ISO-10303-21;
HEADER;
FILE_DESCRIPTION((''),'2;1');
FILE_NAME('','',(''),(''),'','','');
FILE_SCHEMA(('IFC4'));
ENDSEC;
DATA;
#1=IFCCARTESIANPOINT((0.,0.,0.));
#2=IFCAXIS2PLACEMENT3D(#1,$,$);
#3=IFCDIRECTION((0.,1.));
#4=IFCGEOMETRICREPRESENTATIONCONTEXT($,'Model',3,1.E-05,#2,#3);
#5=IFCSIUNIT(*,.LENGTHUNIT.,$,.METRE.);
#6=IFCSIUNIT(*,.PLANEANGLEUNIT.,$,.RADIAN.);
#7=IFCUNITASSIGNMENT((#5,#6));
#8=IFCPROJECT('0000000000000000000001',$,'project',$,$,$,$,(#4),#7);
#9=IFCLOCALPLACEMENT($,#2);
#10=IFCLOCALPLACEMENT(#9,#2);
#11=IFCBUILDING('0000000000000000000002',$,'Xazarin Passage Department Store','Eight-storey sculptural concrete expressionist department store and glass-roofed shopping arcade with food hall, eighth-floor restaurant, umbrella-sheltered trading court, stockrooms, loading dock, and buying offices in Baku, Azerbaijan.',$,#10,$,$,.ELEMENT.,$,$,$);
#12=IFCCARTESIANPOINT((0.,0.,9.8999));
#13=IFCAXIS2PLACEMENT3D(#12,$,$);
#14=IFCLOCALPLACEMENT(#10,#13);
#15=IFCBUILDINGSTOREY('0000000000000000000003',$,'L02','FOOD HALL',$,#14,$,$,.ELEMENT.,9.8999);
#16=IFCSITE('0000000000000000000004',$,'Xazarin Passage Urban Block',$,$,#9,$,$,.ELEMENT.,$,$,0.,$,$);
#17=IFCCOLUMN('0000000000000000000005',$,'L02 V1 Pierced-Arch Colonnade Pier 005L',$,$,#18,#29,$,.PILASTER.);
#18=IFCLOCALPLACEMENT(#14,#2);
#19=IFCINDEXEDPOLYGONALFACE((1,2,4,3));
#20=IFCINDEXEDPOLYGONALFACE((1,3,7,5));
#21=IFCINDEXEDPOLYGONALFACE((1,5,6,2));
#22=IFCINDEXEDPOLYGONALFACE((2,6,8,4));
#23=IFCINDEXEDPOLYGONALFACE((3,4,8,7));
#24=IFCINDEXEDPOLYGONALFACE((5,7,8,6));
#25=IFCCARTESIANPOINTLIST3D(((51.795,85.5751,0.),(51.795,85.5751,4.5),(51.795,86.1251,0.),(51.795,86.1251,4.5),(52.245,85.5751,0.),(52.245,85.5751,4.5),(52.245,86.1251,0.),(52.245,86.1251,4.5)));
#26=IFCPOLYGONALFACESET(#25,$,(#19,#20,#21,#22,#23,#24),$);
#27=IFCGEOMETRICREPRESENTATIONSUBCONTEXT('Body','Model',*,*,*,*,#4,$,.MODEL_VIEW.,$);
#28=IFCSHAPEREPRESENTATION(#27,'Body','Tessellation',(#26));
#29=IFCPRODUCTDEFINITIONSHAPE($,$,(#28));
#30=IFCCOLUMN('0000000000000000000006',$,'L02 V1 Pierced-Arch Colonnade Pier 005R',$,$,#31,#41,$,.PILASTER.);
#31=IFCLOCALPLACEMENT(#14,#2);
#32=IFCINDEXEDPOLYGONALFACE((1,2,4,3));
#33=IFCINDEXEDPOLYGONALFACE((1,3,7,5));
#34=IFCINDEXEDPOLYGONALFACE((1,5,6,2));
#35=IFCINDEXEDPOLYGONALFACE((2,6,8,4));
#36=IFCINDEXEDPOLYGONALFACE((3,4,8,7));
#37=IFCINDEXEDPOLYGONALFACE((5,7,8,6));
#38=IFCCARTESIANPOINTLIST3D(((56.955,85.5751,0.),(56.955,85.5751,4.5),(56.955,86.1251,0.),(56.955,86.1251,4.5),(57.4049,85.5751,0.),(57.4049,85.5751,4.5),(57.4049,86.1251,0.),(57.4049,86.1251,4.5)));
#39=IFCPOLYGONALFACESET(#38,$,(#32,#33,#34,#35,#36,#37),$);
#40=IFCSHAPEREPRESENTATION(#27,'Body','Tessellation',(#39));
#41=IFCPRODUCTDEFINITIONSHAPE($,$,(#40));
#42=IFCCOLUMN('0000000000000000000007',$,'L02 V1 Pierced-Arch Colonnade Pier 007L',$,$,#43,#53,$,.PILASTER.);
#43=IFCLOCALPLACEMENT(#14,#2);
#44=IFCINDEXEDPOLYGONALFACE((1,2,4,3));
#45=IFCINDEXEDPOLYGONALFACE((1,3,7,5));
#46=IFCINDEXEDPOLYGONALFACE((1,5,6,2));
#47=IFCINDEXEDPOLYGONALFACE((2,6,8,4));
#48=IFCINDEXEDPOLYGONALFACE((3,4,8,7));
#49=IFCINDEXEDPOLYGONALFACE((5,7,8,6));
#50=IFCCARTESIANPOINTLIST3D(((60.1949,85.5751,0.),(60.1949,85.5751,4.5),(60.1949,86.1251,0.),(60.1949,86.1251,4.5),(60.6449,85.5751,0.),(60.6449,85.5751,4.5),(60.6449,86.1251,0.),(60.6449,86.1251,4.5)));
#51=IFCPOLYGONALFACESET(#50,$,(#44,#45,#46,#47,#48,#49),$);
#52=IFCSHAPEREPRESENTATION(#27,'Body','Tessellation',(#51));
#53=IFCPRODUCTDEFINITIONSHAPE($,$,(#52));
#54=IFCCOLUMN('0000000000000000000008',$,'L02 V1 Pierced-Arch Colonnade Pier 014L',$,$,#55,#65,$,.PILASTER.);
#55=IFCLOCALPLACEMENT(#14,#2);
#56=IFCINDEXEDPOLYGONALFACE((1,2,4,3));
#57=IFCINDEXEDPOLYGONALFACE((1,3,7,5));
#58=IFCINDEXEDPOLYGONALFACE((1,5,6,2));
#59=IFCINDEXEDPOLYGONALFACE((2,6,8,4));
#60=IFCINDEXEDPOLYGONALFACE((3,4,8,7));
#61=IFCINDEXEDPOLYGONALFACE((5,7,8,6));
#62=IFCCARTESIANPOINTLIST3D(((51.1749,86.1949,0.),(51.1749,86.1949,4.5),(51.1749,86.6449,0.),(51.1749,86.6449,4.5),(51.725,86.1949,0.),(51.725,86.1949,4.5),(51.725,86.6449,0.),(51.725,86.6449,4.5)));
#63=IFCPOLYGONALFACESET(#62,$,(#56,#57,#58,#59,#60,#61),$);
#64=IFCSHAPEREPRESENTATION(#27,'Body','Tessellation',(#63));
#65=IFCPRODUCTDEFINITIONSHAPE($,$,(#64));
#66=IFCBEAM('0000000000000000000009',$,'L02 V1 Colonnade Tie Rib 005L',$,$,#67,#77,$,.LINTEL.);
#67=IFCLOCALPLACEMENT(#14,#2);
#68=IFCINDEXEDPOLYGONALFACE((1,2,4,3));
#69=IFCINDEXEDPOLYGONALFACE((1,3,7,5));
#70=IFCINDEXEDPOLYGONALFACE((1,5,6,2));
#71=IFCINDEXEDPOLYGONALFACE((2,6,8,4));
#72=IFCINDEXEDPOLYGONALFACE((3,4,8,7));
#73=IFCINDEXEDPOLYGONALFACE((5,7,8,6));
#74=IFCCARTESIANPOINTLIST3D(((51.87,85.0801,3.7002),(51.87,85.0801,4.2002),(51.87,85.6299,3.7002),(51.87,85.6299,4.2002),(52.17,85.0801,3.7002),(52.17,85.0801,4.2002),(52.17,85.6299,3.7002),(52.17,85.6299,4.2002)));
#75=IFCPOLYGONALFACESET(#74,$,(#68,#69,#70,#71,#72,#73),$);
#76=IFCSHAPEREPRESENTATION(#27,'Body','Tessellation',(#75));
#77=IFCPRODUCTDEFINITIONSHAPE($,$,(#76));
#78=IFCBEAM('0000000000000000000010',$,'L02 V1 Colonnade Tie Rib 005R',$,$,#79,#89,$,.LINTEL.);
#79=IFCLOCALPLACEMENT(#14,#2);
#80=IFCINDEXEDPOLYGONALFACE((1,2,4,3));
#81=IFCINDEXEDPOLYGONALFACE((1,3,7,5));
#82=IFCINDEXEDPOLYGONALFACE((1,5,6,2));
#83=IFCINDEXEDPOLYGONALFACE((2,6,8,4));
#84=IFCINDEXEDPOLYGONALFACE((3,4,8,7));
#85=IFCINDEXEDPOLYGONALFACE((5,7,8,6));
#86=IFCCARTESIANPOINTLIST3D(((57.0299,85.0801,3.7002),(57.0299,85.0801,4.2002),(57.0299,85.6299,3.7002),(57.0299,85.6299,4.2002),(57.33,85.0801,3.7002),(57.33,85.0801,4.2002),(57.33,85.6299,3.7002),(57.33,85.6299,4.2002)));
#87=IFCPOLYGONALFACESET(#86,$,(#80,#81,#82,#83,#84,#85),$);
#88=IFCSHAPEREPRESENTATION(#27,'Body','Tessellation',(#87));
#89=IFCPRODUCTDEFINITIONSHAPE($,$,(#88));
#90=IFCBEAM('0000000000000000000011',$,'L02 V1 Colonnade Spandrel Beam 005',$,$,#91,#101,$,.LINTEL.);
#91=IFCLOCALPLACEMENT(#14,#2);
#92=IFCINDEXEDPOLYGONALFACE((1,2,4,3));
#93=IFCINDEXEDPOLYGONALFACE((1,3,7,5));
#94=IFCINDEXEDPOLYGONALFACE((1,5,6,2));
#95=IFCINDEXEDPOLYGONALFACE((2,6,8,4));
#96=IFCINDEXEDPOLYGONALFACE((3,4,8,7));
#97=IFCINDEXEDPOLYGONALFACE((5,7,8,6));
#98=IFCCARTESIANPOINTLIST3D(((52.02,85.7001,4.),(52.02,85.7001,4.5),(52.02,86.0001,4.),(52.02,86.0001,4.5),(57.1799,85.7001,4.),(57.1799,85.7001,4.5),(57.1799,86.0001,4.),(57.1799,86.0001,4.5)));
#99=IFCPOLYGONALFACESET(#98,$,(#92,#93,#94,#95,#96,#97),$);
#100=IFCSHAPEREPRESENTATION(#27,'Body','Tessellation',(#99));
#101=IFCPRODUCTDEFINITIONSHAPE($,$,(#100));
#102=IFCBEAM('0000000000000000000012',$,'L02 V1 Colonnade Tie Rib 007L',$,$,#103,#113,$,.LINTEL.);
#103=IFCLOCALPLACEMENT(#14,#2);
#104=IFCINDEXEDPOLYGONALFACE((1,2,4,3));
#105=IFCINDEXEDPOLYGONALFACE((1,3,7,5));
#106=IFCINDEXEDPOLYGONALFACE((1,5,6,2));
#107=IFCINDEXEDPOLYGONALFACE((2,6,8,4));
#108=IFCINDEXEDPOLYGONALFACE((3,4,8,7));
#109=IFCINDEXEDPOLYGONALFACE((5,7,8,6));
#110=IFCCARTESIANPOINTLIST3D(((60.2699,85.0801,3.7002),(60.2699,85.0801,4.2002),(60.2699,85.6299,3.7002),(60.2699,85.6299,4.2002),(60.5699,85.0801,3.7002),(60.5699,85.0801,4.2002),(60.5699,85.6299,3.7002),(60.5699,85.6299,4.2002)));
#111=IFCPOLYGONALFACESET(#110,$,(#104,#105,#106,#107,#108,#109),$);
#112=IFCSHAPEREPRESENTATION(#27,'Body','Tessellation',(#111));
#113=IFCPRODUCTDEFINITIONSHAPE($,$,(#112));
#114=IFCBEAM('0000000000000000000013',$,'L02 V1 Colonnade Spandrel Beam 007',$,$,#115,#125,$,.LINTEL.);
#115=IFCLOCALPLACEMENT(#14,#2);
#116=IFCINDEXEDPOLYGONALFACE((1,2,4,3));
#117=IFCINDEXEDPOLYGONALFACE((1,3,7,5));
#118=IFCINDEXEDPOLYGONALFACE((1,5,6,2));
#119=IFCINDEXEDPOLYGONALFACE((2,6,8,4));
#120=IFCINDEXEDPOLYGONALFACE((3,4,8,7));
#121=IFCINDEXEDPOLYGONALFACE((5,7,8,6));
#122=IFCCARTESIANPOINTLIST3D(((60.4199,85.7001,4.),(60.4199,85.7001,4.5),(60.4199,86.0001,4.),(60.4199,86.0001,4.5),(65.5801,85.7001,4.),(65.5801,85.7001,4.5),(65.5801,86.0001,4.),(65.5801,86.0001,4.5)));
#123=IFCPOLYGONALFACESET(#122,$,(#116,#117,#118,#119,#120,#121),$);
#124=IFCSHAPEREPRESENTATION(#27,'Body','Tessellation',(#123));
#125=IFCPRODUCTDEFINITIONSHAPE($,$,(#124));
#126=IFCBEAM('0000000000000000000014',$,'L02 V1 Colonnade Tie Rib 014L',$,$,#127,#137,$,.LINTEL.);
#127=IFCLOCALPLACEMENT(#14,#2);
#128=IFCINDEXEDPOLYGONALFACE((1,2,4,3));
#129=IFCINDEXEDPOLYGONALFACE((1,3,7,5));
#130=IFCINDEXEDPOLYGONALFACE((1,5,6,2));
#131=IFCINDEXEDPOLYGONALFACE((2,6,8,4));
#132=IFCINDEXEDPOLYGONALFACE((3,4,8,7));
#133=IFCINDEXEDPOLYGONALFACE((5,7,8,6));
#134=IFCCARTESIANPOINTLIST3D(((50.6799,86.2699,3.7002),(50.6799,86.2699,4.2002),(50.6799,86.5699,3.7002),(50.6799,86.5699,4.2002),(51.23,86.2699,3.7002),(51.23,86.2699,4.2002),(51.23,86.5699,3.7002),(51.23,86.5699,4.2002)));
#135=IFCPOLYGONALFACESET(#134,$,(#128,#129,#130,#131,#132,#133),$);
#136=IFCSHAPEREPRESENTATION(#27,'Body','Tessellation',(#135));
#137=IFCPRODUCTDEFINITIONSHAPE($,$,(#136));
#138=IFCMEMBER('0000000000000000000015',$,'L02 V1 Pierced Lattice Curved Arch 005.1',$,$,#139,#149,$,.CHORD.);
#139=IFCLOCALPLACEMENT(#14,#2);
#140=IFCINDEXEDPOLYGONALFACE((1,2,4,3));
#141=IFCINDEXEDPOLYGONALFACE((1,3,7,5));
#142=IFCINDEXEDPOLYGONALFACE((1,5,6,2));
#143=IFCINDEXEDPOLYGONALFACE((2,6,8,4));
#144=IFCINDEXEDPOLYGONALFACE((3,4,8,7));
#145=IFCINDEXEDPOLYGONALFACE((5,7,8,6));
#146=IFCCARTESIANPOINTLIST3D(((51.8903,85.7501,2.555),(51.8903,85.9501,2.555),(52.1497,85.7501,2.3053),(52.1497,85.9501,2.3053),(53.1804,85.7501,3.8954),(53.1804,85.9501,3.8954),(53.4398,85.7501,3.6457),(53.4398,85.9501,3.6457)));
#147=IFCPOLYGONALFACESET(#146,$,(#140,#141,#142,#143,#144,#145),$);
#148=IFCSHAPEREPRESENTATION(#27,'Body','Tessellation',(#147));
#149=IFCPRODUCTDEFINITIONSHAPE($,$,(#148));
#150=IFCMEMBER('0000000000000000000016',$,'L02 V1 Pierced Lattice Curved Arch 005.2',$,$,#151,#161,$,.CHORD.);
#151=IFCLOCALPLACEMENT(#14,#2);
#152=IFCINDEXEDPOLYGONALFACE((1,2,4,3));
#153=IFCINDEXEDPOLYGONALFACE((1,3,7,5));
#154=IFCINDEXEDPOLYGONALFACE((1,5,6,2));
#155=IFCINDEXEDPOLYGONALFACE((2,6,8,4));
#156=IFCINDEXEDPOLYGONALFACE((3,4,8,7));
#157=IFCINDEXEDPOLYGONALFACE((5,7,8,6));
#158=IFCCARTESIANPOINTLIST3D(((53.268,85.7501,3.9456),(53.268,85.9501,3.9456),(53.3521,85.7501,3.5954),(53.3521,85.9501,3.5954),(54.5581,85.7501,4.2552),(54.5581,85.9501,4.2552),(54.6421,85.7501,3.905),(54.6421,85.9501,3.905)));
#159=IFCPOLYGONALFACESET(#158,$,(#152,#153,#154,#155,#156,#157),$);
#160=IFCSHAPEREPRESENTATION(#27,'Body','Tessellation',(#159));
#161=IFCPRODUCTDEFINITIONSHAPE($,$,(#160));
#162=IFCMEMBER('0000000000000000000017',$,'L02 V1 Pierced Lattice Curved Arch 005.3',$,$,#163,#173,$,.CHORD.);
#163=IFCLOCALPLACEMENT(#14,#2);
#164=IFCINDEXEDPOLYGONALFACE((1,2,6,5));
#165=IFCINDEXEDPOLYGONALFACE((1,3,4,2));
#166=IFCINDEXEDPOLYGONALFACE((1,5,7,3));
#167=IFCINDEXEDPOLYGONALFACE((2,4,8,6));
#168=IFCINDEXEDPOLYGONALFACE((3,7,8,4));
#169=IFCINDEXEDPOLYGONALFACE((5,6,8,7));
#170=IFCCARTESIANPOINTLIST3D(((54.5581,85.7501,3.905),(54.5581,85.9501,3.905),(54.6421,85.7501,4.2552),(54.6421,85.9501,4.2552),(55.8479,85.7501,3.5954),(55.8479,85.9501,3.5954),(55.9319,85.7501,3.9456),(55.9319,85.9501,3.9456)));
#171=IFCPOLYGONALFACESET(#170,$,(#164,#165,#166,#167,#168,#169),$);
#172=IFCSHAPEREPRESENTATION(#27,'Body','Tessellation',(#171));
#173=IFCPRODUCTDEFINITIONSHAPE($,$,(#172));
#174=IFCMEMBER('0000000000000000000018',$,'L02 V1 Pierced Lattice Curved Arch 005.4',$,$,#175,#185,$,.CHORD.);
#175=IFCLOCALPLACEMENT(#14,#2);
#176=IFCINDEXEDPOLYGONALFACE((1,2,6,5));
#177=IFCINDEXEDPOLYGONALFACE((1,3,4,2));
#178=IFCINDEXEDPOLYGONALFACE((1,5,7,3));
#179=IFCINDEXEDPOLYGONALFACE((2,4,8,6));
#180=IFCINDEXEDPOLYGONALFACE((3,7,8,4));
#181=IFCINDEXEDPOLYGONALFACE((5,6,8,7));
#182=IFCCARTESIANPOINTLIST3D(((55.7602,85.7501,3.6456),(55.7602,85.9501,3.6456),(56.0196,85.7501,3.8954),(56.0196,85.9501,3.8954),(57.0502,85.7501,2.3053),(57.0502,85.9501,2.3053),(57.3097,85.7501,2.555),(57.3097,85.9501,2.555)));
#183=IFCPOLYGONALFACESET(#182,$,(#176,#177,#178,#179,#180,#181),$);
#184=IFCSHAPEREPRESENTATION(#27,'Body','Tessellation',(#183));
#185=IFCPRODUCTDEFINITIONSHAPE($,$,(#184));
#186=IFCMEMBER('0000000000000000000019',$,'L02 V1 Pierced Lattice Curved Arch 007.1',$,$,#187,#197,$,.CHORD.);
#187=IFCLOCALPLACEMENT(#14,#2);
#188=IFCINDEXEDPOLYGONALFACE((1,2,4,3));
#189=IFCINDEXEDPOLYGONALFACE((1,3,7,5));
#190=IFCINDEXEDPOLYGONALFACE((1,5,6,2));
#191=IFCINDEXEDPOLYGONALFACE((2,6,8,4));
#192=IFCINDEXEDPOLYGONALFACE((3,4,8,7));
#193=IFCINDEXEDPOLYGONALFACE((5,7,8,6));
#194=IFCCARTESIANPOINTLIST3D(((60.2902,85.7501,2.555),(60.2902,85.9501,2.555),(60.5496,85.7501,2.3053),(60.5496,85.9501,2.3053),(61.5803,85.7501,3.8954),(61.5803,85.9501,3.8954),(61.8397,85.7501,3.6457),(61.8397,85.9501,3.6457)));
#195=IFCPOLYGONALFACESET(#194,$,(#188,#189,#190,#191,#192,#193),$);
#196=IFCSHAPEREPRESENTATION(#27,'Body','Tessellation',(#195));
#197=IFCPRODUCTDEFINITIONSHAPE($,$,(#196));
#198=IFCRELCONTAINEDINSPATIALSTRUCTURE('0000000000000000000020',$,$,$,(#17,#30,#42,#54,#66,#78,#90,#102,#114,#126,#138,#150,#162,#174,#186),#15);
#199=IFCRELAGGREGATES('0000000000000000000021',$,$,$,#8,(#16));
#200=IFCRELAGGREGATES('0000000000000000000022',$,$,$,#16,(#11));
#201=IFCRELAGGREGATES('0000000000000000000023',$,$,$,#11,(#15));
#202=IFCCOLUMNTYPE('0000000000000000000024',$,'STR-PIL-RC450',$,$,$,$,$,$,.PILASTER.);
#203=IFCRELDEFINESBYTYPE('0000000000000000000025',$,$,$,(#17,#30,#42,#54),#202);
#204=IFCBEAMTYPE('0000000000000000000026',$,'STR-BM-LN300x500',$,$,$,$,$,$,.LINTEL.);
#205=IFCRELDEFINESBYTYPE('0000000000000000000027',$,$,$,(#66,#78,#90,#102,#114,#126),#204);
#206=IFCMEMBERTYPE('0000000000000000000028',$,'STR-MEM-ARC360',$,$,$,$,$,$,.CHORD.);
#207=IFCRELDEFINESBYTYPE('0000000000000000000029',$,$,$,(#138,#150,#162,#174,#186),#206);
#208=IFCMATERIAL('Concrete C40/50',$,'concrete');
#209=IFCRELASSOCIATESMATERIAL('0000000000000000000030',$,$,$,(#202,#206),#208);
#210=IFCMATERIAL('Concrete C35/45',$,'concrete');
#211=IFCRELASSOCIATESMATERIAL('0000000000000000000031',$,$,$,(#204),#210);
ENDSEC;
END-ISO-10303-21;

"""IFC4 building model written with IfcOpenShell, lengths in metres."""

from ifc_helpers import new_model, si_unit, direction, frame, origin, origin_2d, place, context, subcontext, project, spatial, rectangle, extrude, material, material_profile, profile_set, type_object, element, save


model = new_model("IFC4")

# Units and contexts
model_context = context("Model", 3, precision=1e-05, world=origin(), true_north=direction((0.0, 1.0)))
body_context = subcontext(model_context, "Body", "Model", "MODEL_VIEW")
ifc_project = project(units=[si_unit("LENGTHUNIT", "METRE"), si_unit("PLANEANGLEUNIT", "RADIAN")], contexts=[model_context])

# Site, building, storey
site_placement = place(None, origin())
site = spatial("IfcSite", under=ifc_project, at=site_placement, Name="Xazarin Passage Urban Block", CompositionType="ELEMENT", RefElevation=0.0)
building_placement = place(site_placement, origin())
building = spatial("IfcBuilding", under=site, at=building_placement, Name="Xazarin Passage Department Store", Description="Eight-storey sculptural concrete expressionist department store and glass-roofed shopping arcade with food hall, eighth-floor restaurant, umbrella-sheltered trading court, stockrooms, loading dock, and buying offices in Baku, Azerbaijan.", CompositionType="ELEMENT")
storey_placement = place(building_placement, frame((0.0, 0.0, 9.8999)))
storey = spatial("IfcBuildingStorey", under=building, at=storey_placement, Name="L02", Description="FOOD HALL", CompositionType="ELEMENT", Elevation=9.8999)

# Columns
ifc_material_1 = material(Name="Concrete C40/50", Category="concrete")
ifc_material_profile_1 = material_profile(ifc_material_1, rectangle(XDim=0.45, YDim=0.55, at=origin_2d()), Name="RC 450x550")
ifc_profile_set_1 = profile_set([ifc_material_profile_1], Name="Concrete C40/50")
column_type = type_object("IfcColumnType", Name="STR-PIL-RC450", PredefinedType="PILASTER", material=ifc_profile_set_1)
for number, where, z_axis, x_axis, name in (
    (1, (52.02, 85.8501, 0.0), (0.0, 0.0, 1.0), (1.0, 0.0, 0.0), "L02 V1 Pierced-Arch Colonnade Pier 005L"),
    (2, (57.1799, 85.8501, 0.0), (0.0, 0.0, 1.0), (1.0, 0.0, 0.0), "L02 V1 Pierced-Arch Colonnade Pier 005R"),
    (3, (60.4199, 85.8501, 0.0), (0.0, 0.0, 1.0), (1.0, 0.0, 0.0), "L02 V1 Pierced-Arch Colonnade Pier 007L"),
    (4, (51.45, 86.4199, 0.0), (0.0, 0.0, 1.0), (0.0, 1.0, 0.0), "L02 V1 Pierced-Arch Colonnade Pier 014L"),
):
    element("IfcColumn", number, at=place(storey_placement, frame(where, z_axis=z_axis, x_axis=x_axis)), inside=storey, type_object=column_type, Name=name, PredefinedType="PILASTER", context=body_context, shape_type="SweptSolid", body=[
        extrude(rectangle(XDim=0.45, YDim=0.55, at=origin_2d()), origin(), (0.0, 0.0, 1.0), 4.5),
    ])

# Beams
ifc_material_2 = material(Name="Concrete C35/45", Category="concrete")
ifc_material_profile_2 = material_profile(ifc_material_2, rectangle(XDim=0.3, YDim=0.5, at=origin_2d()), Name="RC 300x500")
ifc_profile_set_2 = profile_set([ifc_material_profile_2], Name="Concrete C35/45")
beam_type = type_object("IfcBeamType", Name="STR-BM-LN300x500", PredefinedType="LINTEL", material=ifc_profile_set_2)
for number, where, z_axis, x_axis, name in (
    (5, (52.02, 85.0801, 3.9502), (0.0, 1.0, 0.0), (-1.0, 0.0, 0.0), "L02 V1 Colonnade Tie Rib 005L"),
    (6, (57.1799, 85.0801, 3.9502), (0.0, 1.0, 0.0), (-1.0, 0.0, 0.0), "L02 V1 Colonnade Tie Rib 005R"),
):
    element("IfcBeam", number, at=place(storey_placement, frame(where, z_axis=z_axis, x_axis=x_axis)), inside=storey, type_object=beam_type, Name=name, PredefinedType="LINTEL", context=body_context, shape_type="SweptSolid", body=[
        extrude(rectangle(XDim=0.3, YDim=0.5, at=origin_2d()), origin(), (0.0, 0.0, 1.0), 0.5498),
    ])
beam_1_placement = place(storey_placement, frame((52.02, 85.8501, 4.25), z_axis=(1.0, 0.0, 0.0), x_axis=(0.0, 1.0, 0.0)))
element("IfcBeam", 7, at=beam_1_placement, inside=storey, type_object=beam_type, Name="L02 V1 Colonnade Spandrel Beam 005", PredefinedType="LINTEL", context=body_context, shape_type="SweptSolid", body=[
    extrude(rectangle(XDim=0.3, YDim=0.5, at=origin_2d()), origin(), (0.0, 0.0, 1.0), 5.1599),
])
beam_2_placement = place(storey_placement, frame((60.4199, 85.0801, 3.9502), z_axis=(0.0, 1.0, 0.0), x_axis=(-1.0, 0.0, 0.0)))
element("IfcBeam", 8, at=beam_2_placement, inside=storey, type_object=beam_type, Name="L02 V1 Colonnade Tie Rib 007L", PredefinedType="LINTEL", context=body_context, shape_type="SweptSolid", body=[
    extrude(rectangle(XDim=0.3, YDim=0.5, at=origin_2d()), origin(), (0.0, 0.0, 1.0), 0.5498),
])
beam_3_placement = place(storey_placement, frame((60.4199, 85.8501, 4.25), z_axis=(1.0, 0.0, 0.0), x_axis=(0.0, 1.0, 0.0)))
element("IfcBeam", 9, at=beam_3_placement, inside=storey, type_object=beam_type, Name="L02 V1 Colonnade Spandrel Beam 007", PredefinedType="LINTEL", context=body_context, shape_type="SweptSolid", body=[
    extrude(rectangle(XDim=0.3, YDim=0.5, at=origin_2d()), origin(), (0.0, 0.0, 1.0), 5.1602),
])
beam_4_placement = place(storey_placement, frame((50.6799, 86.4199, 3.9502), z_axis=(1.0, 0.0, 0.0), x_axis=(0.0, 1.0, 0.0)))
element("IfcBeam", 10, at=beam_4_placement, inside=storey, type_object=beam_type, Name="L02 V1 Colonnade Tie Rib 014L", PredefinedType="LINTEL", context=body_context, shape_type="SweptSolid", body=[
    extrude(rectangle(XDim=0.3, YDim=0.5, at=origin_2d()), origin(), (0.0, 0.0, 1.0), 0.55),
])

# Members
ifc_material_profile_3 = material_profile(ifc_material_1, rectangle(XDim=0.2, YDim=0.3601, at=origin_2d()), Name="RC 200x360")
ifc_profile_set_3 = profile_set([ifc_material_profile_3], Name="Concrete C40/50")
member_type = type_object("IfcMemberType", Name="STR-MEM-ARC360", PredefinedType="CHORD", material=ifc_profile_set_3)
member_1_placement = place(storey_placement, frame((52.02, 85.8501, 2.4302), z_axis=(0.69346, 0.0, 0.720495), x_axis=(0.0, 1.0, 0.0)))
element("IfcMember", 11, at=member_1_placement, inside=storey, type_object=member_type, Name="L02 V1 Pierced Lattice Curved Arch 005.1", PredefinedType="CHORD", context=body_context, shape_type="SweptSolid", body=[
    extrude(rectangle(XDim=0.2, YDim=0.3601, at=origin_2d()), origin(), (0.0, 0.0, 1.0), 1.8604),
])
member_2_placement = place(storey_placement, frame((53.3101, 85.8501, 3.7705), z_axis=(0.972394, 0.0, 0.233345), x_axis=(0.0, 1.0, 0.0)))
element("IfcMember", 12, at=member_2_placement, inside=storey, type_object=member_type, Name="L02 V1 Pierced Lattice Curved Arch 005.2", PredefinedType="CHORD", context=body_context, shape_type="SweptSolid", body=[
    extrude(rectangle(XDim=0.2, YDim=0.3601, at=origin_2d()), origin(), (0.0, 0.0, 1.0), 1.3267),
])
member_3_placement = place(storey_placement, frame((54.6001, 85.8501, 4.0801), z_axis=(0.972384, 0.0, -0.233387), x_axis=(0.0, 1.0, 0.0)))
element("IfcMember", 13, at=member_3_placement, inside=storey, type_object=member_type, Name="L02 V1 Pierced Lattice Curved Arch 005.3", PredefinedType="CHORD", context=body_context, shape_type="SweptSolid", body=[
    extrude(rectangle(XDim=0.2, YDim=0.3601, at=origin_2d()), origin(), (0.0, 0.0, 1.0), 1.3264),
])
for number, where, z_axis, x_axis, name in (
    (14, (55.8899, 85.8501, 3.7705), (0.69346, 0.0, -0.720495), (0.0, 1.0, 0.0), "L02 V1 Pierced Lattice Curved Arch 005.4"),
    (15, (60.4199, 85.8501, 2.4302), (0.69346, 0.0, 0.720495), (0.0, 1.0, 0.0), "L02 V1 Pierced Lattice Curved Arch 007.1"),
):
    element("IfcMember", number, at=place(storey_placement, frame(where, z_axis=z_axis, x_axis=x_axis)), inside=storey, type_object=member_type, Name=name, PredefinedType="CHORD", context=body_context, shape_type="SweptSolid", body=[
        extrude(rectangle(XDim=0.2, YDim=0.3601, at=origin_2d()), origin(), (0.0, 0.0, 1.0), 1.8604),
    ])

save(model, "model.ifc")
